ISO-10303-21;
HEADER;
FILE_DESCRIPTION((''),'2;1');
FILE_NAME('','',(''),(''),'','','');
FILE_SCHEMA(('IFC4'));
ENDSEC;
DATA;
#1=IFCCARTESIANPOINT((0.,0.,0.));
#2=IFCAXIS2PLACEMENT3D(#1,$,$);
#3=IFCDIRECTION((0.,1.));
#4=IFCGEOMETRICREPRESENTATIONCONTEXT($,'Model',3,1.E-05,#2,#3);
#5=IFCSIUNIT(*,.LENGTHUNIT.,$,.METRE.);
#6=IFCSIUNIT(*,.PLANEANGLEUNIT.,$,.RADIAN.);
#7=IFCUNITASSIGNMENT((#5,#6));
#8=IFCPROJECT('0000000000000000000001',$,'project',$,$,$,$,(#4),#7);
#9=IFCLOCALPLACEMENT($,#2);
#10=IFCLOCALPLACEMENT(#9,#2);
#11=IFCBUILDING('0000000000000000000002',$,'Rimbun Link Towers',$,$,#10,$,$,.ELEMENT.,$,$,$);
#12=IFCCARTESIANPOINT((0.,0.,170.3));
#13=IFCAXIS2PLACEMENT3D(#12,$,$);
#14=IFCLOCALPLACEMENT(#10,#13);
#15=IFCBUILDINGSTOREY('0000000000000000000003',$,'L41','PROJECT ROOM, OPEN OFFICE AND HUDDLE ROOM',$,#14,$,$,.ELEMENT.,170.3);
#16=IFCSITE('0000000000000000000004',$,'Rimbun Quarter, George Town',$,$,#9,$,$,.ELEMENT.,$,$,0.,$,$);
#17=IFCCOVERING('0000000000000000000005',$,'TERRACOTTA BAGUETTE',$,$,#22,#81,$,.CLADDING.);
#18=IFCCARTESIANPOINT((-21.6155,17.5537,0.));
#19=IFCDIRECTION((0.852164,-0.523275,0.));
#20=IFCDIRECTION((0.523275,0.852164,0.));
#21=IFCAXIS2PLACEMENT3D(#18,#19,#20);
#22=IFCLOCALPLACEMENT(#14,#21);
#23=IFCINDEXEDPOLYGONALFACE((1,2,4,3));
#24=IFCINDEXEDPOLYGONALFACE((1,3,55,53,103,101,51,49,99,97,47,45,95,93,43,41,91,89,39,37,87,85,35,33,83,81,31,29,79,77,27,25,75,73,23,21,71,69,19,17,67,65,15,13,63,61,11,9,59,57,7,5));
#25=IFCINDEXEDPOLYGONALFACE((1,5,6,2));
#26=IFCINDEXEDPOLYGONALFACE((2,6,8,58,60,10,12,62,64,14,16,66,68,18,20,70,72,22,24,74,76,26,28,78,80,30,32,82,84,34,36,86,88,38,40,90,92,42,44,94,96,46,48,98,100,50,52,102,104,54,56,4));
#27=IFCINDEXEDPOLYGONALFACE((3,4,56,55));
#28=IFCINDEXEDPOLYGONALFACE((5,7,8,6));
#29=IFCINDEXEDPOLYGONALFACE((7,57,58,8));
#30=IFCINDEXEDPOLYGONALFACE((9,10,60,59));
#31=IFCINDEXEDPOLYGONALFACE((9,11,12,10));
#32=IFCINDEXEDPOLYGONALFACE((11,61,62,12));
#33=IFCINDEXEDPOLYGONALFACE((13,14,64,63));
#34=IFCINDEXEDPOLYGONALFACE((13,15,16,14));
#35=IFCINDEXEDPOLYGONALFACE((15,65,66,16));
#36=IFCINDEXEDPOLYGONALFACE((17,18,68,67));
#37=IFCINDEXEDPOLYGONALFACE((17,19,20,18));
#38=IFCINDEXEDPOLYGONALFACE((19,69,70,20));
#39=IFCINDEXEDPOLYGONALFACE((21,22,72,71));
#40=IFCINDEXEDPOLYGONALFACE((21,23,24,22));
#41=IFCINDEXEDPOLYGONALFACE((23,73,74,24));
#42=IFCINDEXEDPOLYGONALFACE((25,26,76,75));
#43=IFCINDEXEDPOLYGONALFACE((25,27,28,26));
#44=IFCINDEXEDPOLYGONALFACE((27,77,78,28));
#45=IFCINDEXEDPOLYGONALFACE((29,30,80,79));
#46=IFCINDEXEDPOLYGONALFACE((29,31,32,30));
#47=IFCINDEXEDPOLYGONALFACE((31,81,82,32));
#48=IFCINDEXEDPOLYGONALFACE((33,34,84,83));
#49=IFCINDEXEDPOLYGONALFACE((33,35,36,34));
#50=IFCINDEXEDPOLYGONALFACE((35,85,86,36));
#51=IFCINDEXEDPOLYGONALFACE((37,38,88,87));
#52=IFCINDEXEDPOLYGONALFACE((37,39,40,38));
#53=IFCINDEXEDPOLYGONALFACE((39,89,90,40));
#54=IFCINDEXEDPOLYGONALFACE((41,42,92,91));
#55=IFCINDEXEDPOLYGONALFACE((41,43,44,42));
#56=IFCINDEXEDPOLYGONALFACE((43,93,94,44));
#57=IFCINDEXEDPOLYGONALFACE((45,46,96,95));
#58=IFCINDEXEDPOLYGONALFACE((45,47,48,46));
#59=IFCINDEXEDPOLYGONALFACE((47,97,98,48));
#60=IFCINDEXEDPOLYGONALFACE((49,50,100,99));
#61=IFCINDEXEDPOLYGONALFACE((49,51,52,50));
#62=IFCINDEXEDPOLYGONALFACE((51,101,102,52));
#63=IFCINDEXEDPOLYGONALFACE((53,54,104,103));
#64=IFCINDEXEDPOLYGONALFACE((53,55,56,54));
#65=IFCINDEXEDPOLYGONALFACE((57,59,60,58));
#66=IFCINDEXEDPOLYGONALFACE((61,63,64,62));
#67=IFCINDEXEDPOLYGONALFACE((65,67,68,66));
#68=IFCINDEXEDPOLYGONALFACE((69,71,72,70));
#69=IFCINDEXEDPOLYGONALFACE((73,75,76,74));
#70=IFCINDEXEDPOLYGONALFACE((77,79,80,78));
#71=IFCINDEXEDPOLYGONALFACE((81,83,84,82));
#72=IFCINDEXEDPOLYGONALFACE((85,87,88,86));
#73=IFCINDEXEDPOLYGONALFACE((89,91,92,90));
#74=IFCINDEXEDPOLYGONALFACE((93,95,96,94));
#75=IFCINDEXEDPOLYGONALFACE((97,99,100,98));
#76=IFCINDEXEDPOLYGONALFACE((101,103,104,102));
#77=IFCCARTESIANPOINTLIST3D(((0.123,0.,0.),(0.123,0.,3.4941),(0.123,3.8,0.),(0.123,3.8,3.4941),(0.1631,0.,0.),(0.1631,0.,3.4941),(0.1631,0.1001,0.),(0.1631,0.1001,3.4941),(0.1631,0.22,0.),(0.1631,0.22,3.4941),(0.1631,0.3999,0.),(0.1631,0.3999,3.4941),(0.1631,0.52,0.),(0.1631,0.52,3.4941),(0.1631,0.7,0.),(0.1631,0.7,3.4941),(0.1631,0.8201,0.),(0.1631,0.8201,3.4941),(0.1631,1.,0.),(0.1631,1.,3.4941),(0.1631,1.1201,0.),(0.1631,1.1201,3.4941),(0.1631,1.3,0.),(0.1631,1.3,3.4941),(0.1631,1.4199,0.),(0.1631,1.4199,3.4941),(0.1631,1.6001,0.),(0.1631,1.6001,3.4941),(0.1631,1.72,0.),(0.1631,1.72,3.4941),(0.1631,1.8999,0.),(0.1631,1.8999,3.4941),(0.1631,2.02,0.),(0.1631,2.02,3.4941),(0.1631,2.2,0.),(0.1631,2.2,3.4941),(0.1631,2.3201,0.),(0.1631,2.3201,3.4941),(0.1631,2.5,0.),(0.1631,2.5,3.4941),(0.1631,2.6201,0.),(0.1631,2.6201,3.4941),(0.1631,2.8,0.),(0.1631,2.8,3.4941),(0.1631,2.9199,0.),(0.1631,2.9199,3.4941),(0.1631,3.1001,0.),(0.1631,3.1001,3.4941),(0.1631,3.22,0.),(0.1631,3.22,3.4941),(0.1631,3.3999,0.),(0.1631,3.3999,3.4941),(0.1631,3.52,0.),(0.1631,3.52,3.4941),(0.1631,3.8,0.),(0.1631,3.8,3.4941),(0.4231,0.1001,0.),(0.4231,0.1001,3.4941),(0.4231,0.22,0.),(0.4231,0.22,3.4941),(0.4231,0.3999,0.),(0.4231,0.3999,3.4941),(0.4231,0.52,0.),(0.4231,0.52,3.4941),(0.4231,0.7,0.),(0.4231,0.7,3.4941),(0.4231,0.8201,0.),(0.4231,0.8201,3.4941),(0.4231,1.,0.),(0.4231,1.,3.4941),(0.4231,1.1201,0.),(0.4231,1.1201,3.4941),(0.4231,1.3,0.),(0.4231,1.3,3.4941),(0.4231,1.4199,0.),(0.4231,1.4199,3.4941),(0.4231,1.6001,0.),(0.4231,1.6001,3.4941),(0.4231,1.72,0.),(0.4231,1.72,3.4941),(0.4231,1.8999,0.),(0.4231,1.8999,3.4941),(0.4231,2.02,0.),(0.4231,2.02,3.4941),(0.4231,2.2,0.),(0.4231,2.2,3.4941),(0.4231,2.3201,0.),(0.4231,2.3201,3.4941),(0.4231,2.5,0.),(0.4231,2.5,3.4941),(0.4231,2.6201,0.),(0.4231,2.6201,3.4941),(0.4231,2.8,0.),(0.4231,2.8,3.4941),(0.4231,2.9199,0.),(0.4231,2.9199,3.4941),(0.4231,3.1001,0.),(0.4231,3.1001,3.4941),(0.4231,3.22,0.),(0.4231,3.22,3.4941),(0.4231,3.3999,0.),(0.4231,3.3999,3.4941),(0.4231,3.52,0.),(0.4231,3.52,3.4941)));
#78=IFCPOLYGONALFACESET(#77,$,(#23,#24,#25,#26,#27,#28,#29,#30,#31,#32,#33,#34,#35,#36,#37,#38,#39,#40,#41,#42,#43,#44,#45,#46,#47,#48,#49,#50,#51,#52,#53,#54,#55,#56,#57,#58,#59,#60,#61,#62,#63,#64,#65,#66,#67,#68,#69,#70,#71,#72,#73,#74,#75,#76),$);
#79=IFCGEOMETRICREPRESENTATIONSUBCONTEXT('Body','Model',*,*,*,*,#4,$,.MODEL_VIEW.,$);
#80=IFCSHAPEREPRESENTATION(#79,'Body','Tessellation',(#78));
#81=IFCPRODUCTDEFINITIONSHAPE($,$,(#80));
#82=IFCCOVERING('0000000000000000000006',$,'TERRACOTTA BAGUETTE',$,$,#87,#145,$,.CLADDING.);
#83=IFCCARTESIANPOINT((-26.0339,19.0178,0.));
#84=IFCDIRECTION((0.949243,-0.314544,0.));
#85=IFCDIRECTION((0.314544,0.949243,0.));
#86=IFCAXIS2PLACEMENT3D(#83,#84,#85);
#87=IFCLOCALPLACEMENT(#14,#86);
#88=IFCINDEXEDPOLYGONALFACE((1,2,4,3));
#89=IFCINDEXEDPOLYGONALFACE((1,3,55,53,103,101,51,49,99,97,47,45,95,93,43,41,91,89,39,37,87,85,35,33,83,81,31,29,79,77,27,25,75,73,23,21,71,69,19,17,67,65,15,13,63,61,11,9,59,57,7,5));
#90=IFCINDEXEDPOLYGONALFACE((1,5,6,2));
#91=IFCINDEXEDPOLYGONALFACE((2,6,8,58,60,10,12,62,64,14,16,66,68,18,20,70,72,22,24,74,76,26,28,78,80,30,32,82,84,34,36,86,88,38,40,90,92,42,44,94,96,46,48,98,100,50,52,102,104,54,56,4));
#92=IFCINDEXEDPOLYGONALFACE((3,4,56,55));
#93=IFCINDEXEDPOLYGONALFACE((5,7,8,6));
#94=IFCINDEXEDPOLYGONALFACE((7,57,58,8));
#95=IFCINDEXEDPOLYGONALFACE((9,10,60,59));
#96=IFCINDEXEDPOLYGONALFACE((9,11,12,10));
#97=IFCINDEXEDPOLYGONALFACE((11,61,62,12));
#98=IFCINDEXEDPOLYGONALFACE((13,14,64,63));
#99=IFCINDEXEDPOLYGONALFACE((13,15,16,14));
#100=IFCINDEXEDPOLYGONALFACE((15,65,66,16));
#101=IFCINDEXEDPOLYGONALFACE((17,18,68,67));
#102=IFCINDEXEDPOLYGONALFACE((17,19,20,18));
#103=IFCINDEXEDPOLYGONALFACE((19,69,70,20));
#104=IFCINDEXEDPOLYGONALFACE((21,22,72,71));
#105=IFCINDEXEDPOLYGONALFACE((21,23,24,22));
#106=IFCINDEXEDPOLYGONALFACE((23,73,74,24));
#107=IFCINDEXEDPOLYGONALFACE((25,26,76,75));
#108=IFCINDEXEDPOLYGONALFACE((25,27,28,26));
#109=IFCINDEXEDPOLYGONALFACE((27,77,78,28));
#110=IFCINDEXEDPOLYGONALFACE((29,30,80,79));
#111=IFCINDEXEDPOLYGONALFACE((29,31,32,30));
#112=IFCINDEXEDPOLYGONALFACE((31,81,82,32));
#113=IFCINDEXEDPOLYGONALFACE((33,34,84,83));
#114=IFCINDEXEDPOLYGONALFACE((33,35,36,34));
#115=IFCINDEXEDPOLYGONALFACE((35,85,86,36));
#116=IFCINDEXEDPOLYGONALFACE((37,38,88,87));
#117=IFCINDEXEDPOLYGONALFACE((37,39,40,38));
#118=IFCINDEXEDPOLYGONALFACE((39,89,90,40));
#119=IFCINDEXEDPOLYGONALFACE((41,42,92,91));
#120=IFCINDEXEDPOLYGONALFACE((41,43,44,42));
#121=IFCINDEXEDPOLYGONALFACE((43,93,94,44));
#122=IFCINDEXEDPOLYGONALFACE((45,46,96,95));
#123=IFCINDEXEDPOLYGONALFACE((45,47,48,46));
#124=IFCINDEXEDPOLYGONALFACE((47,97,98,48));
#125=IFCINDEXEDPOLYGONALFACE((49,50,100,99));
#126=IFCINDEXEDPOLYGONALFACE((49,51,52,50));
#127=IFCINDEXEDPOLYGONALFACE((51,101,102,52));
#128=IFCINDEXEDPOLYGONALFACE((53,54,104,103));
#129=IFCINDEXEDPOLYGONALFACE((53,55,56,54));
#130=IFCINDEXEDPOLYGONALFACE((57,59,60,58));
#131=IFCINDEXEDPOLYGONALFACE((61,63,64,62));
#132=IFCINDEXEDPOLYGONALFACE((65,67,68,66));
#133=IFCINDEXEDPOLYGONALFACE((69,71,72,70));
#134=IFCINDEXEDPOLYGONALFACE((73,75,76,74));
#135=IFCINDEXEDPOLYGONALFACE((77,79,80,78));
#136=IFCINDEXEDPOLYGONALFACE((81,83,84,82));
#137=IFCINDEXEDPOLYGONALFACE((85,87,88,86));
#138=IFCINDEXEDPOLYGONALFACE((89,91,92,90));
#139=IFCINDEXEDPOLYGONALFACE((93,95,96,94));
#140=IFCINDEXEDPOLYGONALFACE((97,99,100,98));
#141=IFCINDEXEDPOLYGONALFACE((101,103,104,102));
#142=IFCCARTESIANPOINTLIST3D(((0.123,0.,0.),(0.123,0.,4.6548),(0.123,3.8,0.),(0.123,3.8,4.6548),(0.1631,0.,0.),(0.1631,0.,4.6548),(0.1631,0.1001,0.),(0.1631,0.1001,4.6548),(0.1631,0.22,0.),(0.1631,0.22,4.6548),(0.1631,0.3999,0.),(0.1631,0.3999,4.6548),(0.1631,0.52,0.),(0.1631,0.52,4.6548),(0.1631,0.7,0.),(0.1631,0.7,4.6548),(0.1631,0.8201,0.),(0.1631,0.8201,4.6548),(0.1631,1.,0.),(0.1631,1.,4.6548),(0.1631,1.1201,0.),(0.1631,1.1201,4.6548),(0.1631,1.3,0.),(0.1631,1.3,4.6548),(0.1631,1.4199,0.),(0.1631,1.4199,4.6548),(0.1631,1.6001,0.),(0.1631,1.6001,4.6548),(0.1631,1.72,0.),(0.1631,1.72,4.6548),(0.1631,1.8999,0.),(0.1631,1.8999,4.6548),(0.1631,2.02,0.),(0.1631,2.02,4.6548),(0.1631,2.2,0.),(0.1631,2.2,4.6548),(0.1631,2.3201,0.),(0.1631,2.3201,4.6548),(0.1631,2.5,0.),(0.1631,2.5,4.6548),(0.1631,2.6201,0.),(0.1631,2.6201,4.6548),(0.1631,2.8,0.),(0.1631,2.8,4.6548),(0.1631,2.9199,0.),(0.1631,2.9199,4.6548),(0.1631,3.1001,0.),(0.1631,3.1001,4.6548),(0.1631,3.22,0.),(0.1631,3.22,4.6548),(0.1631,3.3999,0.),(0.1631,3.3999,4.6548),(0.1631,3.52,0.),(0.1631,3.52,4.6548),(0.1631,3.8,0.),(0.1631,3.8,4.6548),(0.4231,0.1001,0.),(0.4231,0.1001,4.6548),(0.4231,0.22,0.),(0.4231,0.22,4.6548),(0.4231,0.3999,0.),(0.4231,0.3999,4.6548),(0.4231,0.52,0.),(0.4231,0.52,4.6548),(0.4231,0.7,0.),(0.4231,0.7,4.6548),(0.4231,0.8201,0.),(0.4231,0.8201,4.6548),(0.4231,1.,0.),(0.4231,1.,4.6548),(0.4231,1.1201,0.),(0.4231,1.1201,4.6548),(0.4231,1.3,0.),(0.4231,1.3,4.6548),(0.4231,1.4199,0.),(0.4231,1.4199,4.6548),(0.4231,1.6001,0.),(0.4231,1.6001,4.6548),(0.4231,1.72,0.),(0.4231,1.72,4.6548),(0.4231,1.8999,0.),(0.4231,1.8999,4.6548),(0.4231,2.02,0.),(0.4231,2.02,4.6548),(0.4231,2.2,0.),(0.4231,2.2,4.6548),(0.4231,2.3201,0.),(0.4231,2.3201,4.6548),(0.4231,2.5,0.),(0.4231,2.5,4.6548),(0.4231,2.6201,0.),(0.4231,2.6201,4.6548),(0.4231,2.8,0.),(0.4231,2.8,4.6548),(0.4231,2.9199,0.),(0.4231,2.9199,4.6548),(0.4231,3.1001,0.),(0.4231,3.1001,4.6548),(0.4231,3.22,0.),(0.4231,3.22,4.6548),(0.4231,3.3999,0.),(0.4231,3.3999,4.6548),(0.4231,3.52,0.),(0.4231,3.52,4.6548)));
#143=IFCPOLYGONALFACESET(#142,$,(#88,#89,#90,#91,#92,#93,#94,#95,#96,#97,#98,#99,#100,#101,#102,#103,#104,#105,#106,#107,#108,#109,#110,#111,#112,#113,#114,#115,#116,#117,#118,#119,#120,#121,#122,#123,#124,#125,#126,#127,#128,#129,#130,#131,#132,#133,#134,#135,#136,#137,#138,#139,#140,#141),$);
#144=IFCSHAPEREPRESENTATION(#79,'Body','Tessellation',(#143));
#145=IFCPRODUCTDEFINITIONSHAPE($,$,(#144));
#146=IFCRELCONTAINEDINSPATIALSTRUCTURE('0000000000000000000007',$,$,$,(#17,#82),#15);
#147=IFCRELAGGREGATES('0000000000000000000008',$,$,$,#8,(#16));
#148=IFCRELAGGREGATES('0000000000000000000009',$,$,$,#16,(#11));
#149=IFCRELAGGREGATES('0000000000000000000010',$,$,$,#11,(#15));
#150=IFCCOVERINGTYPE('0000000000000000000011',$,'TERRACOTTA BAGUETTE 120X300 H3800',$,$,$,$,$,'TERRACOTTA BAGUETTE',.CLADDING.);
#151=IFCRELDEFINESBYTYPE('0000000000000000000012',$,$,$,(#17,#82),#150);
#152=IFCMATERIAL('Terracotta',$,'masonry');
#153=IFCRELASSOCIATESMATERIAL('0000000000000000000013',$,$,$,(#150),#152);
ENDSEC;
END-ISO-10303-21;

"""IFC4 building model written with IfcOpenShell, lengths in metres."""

from ifc_helpers import new_model, si_unit, direction, frame, origin, place, context, subcontext, project, spatial, polyline, outline, extrude, material, material_profile, profile_set, type_object, element, save


model = new_model("IFC4")

# Units and contexts
model_context = context("Model", 3, precision=1e-05, world=origin(), true_north=direction((0.0, 1.0)))
body_context = subcontext(model_context, "Body", "Model", "MODEL_VIEW")
ifc_project = project(units=[si_unit("LENGTHUNIT", "METRE"), si_unit("PLANEANGLEUNIT", "RADIAN")], contexts=[model_context])

# Site, building, storey
site_placement = place(None, origin())
site = spatial("IfcSite", under=ifc_project, at=site_placement, Name="Rimbun Quarter, George Town", CompositionType="ELEMENT", RefElevation=0.0)
building_placement = place(site_placement, origin())
building = spatial("IfcBuilding", under=site, at=building_placement, Name="Rimbun Link Towers", CompositionType="ELEMENT")
storey_placement = place(building_placement, frame((0.0, 0.0, 170.3)))
storey = spatial("IfcBuildingStorey", under=building, at=storey_placement, Name="L41", Description="PROJECT ROOM, OPEN OFFICE AND HUDDLE ROOM", CompositionType="ELEMENT", Elevation=170.3)

# Coverings
ifc_material_1 = material(Name="Terracotta", Category="masonry")
ifc_material_profile_1 = material_profile(ifc_material_1, outline(polyline([(0.123, 0.0), (0.1631, 0.0), (0.1631, 0.1001), (0.4231, 0.1001), (0.4231, 0.22), (0.1631, 0.22), (0.1631, 0.3999), (0.4231, 0.3999), (0.4231, 0.52), (0.1631, 0.52), (0.1631, 0.7), (0.4231, 0.7), (0.4231, 0.8201), (0.1631, 0.8201), (0.1631, 1.0), (0.4231, 1.0), (0.4231, 1.1201), (0.1631, 1.1201), (0.1631, 1.3), (0.4231, 1.3), (0.4231, 1.4199), (0.1631, 1.4199), (0.1631, 1.6001), (0.4231, 1.6001), (0.4231, 1.72), (0.1631, 1.72), (0.1631, 1.8999), (0.4231, 1.8999), (0.4231, 2.02), (0.1631, 2.02), (0.1631, 2.2), (0.4231, 2.2), (0.4231, 2.3201), (0.1631, 2.3201), (0.1631, 2.5), (0.4231, 2.5), (0.4231, 2.6201), (0.1631, 2.6201), (0.1631, 2.8), (0.4231, 2.8), (0.4231, 2.9199), (0.1631, 2.9199), (0.1631, 3.1001), (0.4231, 3.1001), (0.4231, 3.22), (0.1631, 3.22), (0.1631, 3.3999), (0.4231, 3.3999), (0.4231, 3.52), (0.1631, 3.52), (0.1631, 3.8), (0.123, 3.8), (0.123, 0.0)])), Name="BAGUETTE 120X300")
ifc_profile_set_1 = profile_set([ifc_material_profile_1], Name="Terracotta")
covering_type = type_object("IfcCoveringType", Name="TERRACOTTA BAGUETTE 120X300 H3800", ElementType="TERRACOTTA BAGUETTE", PredefinedType="CLADDING", material=ifc_profile_set_1)
covering_1_placement = place(storey_placement, frame((-21.6155, 17.5537, 0.0), z_axis=(0.852164, -0.523275, 0.0), x_axis=(0.523275, 0.852164, 0.0)))
element("IfcCovering", 1, at=covering_1_placement, inside=storey, type_object=covering_type, Name="TERRACOTTA BAGUETTE", PredefinedType="CLADDING", context=body_context, shape_type="SweptSolid", body=[
    extrude(outline(polyline([(0.123, 0.0), (0.1631, 0.0), (0.1631, 0.1001), (0.4231, 0.1001), (0.4231, 0.22), (0.1631, 0.22), (0.1631, 0.3999), (0.4231, 0.3999), (0.4231, 0.52), (0.1631, 0.52), (0.1631, 0.7), (0.4231, 0.7), (0.4231, 0.8201), (0.1631, 0.8201), (0.1631, 1.0), (0.4231, 1.0), (0.4231, 1.1201), (0.1631, 1.1201), (0.1631, 1.3), (0.4231, 1.3), (0.4231, 1.4199), (0.1631, 1.4199), (0.1631, 1.6001), (0.4231, 1.6001), (0.4231, 1.72), (0.1631, 1.72), (0.1631, 1.8999), (0.4231, 1.8999), (0.4231, 2.02), (0.1631, 2.02), (0.1631, 2.2), (0.4231, 2.2), (0.4231, 2.3201), (0.1631, 2.3201), (0.1631, 2.5), (0.4231, 2.5), (0.4231, 2.6201), (0.1631, 2.6201), (0.1631, 2.8), (0.4231, 2.8), (0.4231, 2.9199), (0.1631, 2.9199), (0.1631, 3.1001), (0.4231, 3.1001), (0.4231, 3.22), (0.1631, 3.22), (0.1631, 3.3999), (0.4231, 3.3999), (0.4231, 3.52), (0.1631, 3.52), (0.1631, 3.8), (0.123, 3.8), (0.123, 0.0)])), origin(), (0.0, 0.0, 1.0), 3.4941),
])
covering_2_placement = place(storey_placement, frame((-26.0339, 19.0178, 0.0), z_axis=(0.949243, -0.314544, 0.0), x_axis=(0.314544, 0.949243, 0.0)))
element("IfcCovering", 2, at=covering_2_placement, inside=storey, type_object=covering_type, Name="TERRACOTTA BAGUETTE", PredefinedType="CLADDING", context=body_context, shape_type="SweptSolid", body=[
    extrude(outline(polyline([(0.123, 0.0), (0.1631, 0.0), (0.1631, 0.1001), (0.4231, 0.1001), (0.4231, 0.22), (0.1631, 0.22), (0.1631, 0.3999), (0.4231, 0.3999), (0.4231, 0.52), (0.1631, 0.52), (0.1631, 0.7), (0.4231, 0.7), (0.4231, 0.8201), (0.1631, 0.8201), (0.1631, 1.0), (0.4231, 1.0), (0.4231, 1.1201), (0.1631, 1.1201), (0.1631, 1.3), (0.4231, 1.3), (0.4231, 1.4199), (0.1631, 1.4199), (0.1631, 1.6001), (0.4231, 1.6001), (0.4231, 1.72), (0.1631, 1.72), (0.1631, 1.8999), (0.4231, 1.8999), (0.4231, 2.02), (0.1631, 2.02), (0.1631, 2.2), (0.4231, 2.2), (0.4231, 2.3201), (0.1631, 2.3201), (0.1631, 2.5), (0.4231, 2.5), (0.4231, 2.6201), (0.1631, 2.6201), (0.1631, 2.8), (0.4231, 2.8), (0.4231, 2.9199), (0.1631, 2.9199), (0.1631, 3.1001), (0.4231, 3.1001), (0.4231, 3.22), (0.1631, 3.22), (0.1631, 3.3999), (0.4231, 3.3999), (0.4231, 3.52), (0.1631, 3.52), (0.1631, 3.8), (0.123, 3.8), (0.123, 0.0)])), origin(), (0.0, 0.0, 1.0), 4.6548),
])

save(model, "model.ifc")
